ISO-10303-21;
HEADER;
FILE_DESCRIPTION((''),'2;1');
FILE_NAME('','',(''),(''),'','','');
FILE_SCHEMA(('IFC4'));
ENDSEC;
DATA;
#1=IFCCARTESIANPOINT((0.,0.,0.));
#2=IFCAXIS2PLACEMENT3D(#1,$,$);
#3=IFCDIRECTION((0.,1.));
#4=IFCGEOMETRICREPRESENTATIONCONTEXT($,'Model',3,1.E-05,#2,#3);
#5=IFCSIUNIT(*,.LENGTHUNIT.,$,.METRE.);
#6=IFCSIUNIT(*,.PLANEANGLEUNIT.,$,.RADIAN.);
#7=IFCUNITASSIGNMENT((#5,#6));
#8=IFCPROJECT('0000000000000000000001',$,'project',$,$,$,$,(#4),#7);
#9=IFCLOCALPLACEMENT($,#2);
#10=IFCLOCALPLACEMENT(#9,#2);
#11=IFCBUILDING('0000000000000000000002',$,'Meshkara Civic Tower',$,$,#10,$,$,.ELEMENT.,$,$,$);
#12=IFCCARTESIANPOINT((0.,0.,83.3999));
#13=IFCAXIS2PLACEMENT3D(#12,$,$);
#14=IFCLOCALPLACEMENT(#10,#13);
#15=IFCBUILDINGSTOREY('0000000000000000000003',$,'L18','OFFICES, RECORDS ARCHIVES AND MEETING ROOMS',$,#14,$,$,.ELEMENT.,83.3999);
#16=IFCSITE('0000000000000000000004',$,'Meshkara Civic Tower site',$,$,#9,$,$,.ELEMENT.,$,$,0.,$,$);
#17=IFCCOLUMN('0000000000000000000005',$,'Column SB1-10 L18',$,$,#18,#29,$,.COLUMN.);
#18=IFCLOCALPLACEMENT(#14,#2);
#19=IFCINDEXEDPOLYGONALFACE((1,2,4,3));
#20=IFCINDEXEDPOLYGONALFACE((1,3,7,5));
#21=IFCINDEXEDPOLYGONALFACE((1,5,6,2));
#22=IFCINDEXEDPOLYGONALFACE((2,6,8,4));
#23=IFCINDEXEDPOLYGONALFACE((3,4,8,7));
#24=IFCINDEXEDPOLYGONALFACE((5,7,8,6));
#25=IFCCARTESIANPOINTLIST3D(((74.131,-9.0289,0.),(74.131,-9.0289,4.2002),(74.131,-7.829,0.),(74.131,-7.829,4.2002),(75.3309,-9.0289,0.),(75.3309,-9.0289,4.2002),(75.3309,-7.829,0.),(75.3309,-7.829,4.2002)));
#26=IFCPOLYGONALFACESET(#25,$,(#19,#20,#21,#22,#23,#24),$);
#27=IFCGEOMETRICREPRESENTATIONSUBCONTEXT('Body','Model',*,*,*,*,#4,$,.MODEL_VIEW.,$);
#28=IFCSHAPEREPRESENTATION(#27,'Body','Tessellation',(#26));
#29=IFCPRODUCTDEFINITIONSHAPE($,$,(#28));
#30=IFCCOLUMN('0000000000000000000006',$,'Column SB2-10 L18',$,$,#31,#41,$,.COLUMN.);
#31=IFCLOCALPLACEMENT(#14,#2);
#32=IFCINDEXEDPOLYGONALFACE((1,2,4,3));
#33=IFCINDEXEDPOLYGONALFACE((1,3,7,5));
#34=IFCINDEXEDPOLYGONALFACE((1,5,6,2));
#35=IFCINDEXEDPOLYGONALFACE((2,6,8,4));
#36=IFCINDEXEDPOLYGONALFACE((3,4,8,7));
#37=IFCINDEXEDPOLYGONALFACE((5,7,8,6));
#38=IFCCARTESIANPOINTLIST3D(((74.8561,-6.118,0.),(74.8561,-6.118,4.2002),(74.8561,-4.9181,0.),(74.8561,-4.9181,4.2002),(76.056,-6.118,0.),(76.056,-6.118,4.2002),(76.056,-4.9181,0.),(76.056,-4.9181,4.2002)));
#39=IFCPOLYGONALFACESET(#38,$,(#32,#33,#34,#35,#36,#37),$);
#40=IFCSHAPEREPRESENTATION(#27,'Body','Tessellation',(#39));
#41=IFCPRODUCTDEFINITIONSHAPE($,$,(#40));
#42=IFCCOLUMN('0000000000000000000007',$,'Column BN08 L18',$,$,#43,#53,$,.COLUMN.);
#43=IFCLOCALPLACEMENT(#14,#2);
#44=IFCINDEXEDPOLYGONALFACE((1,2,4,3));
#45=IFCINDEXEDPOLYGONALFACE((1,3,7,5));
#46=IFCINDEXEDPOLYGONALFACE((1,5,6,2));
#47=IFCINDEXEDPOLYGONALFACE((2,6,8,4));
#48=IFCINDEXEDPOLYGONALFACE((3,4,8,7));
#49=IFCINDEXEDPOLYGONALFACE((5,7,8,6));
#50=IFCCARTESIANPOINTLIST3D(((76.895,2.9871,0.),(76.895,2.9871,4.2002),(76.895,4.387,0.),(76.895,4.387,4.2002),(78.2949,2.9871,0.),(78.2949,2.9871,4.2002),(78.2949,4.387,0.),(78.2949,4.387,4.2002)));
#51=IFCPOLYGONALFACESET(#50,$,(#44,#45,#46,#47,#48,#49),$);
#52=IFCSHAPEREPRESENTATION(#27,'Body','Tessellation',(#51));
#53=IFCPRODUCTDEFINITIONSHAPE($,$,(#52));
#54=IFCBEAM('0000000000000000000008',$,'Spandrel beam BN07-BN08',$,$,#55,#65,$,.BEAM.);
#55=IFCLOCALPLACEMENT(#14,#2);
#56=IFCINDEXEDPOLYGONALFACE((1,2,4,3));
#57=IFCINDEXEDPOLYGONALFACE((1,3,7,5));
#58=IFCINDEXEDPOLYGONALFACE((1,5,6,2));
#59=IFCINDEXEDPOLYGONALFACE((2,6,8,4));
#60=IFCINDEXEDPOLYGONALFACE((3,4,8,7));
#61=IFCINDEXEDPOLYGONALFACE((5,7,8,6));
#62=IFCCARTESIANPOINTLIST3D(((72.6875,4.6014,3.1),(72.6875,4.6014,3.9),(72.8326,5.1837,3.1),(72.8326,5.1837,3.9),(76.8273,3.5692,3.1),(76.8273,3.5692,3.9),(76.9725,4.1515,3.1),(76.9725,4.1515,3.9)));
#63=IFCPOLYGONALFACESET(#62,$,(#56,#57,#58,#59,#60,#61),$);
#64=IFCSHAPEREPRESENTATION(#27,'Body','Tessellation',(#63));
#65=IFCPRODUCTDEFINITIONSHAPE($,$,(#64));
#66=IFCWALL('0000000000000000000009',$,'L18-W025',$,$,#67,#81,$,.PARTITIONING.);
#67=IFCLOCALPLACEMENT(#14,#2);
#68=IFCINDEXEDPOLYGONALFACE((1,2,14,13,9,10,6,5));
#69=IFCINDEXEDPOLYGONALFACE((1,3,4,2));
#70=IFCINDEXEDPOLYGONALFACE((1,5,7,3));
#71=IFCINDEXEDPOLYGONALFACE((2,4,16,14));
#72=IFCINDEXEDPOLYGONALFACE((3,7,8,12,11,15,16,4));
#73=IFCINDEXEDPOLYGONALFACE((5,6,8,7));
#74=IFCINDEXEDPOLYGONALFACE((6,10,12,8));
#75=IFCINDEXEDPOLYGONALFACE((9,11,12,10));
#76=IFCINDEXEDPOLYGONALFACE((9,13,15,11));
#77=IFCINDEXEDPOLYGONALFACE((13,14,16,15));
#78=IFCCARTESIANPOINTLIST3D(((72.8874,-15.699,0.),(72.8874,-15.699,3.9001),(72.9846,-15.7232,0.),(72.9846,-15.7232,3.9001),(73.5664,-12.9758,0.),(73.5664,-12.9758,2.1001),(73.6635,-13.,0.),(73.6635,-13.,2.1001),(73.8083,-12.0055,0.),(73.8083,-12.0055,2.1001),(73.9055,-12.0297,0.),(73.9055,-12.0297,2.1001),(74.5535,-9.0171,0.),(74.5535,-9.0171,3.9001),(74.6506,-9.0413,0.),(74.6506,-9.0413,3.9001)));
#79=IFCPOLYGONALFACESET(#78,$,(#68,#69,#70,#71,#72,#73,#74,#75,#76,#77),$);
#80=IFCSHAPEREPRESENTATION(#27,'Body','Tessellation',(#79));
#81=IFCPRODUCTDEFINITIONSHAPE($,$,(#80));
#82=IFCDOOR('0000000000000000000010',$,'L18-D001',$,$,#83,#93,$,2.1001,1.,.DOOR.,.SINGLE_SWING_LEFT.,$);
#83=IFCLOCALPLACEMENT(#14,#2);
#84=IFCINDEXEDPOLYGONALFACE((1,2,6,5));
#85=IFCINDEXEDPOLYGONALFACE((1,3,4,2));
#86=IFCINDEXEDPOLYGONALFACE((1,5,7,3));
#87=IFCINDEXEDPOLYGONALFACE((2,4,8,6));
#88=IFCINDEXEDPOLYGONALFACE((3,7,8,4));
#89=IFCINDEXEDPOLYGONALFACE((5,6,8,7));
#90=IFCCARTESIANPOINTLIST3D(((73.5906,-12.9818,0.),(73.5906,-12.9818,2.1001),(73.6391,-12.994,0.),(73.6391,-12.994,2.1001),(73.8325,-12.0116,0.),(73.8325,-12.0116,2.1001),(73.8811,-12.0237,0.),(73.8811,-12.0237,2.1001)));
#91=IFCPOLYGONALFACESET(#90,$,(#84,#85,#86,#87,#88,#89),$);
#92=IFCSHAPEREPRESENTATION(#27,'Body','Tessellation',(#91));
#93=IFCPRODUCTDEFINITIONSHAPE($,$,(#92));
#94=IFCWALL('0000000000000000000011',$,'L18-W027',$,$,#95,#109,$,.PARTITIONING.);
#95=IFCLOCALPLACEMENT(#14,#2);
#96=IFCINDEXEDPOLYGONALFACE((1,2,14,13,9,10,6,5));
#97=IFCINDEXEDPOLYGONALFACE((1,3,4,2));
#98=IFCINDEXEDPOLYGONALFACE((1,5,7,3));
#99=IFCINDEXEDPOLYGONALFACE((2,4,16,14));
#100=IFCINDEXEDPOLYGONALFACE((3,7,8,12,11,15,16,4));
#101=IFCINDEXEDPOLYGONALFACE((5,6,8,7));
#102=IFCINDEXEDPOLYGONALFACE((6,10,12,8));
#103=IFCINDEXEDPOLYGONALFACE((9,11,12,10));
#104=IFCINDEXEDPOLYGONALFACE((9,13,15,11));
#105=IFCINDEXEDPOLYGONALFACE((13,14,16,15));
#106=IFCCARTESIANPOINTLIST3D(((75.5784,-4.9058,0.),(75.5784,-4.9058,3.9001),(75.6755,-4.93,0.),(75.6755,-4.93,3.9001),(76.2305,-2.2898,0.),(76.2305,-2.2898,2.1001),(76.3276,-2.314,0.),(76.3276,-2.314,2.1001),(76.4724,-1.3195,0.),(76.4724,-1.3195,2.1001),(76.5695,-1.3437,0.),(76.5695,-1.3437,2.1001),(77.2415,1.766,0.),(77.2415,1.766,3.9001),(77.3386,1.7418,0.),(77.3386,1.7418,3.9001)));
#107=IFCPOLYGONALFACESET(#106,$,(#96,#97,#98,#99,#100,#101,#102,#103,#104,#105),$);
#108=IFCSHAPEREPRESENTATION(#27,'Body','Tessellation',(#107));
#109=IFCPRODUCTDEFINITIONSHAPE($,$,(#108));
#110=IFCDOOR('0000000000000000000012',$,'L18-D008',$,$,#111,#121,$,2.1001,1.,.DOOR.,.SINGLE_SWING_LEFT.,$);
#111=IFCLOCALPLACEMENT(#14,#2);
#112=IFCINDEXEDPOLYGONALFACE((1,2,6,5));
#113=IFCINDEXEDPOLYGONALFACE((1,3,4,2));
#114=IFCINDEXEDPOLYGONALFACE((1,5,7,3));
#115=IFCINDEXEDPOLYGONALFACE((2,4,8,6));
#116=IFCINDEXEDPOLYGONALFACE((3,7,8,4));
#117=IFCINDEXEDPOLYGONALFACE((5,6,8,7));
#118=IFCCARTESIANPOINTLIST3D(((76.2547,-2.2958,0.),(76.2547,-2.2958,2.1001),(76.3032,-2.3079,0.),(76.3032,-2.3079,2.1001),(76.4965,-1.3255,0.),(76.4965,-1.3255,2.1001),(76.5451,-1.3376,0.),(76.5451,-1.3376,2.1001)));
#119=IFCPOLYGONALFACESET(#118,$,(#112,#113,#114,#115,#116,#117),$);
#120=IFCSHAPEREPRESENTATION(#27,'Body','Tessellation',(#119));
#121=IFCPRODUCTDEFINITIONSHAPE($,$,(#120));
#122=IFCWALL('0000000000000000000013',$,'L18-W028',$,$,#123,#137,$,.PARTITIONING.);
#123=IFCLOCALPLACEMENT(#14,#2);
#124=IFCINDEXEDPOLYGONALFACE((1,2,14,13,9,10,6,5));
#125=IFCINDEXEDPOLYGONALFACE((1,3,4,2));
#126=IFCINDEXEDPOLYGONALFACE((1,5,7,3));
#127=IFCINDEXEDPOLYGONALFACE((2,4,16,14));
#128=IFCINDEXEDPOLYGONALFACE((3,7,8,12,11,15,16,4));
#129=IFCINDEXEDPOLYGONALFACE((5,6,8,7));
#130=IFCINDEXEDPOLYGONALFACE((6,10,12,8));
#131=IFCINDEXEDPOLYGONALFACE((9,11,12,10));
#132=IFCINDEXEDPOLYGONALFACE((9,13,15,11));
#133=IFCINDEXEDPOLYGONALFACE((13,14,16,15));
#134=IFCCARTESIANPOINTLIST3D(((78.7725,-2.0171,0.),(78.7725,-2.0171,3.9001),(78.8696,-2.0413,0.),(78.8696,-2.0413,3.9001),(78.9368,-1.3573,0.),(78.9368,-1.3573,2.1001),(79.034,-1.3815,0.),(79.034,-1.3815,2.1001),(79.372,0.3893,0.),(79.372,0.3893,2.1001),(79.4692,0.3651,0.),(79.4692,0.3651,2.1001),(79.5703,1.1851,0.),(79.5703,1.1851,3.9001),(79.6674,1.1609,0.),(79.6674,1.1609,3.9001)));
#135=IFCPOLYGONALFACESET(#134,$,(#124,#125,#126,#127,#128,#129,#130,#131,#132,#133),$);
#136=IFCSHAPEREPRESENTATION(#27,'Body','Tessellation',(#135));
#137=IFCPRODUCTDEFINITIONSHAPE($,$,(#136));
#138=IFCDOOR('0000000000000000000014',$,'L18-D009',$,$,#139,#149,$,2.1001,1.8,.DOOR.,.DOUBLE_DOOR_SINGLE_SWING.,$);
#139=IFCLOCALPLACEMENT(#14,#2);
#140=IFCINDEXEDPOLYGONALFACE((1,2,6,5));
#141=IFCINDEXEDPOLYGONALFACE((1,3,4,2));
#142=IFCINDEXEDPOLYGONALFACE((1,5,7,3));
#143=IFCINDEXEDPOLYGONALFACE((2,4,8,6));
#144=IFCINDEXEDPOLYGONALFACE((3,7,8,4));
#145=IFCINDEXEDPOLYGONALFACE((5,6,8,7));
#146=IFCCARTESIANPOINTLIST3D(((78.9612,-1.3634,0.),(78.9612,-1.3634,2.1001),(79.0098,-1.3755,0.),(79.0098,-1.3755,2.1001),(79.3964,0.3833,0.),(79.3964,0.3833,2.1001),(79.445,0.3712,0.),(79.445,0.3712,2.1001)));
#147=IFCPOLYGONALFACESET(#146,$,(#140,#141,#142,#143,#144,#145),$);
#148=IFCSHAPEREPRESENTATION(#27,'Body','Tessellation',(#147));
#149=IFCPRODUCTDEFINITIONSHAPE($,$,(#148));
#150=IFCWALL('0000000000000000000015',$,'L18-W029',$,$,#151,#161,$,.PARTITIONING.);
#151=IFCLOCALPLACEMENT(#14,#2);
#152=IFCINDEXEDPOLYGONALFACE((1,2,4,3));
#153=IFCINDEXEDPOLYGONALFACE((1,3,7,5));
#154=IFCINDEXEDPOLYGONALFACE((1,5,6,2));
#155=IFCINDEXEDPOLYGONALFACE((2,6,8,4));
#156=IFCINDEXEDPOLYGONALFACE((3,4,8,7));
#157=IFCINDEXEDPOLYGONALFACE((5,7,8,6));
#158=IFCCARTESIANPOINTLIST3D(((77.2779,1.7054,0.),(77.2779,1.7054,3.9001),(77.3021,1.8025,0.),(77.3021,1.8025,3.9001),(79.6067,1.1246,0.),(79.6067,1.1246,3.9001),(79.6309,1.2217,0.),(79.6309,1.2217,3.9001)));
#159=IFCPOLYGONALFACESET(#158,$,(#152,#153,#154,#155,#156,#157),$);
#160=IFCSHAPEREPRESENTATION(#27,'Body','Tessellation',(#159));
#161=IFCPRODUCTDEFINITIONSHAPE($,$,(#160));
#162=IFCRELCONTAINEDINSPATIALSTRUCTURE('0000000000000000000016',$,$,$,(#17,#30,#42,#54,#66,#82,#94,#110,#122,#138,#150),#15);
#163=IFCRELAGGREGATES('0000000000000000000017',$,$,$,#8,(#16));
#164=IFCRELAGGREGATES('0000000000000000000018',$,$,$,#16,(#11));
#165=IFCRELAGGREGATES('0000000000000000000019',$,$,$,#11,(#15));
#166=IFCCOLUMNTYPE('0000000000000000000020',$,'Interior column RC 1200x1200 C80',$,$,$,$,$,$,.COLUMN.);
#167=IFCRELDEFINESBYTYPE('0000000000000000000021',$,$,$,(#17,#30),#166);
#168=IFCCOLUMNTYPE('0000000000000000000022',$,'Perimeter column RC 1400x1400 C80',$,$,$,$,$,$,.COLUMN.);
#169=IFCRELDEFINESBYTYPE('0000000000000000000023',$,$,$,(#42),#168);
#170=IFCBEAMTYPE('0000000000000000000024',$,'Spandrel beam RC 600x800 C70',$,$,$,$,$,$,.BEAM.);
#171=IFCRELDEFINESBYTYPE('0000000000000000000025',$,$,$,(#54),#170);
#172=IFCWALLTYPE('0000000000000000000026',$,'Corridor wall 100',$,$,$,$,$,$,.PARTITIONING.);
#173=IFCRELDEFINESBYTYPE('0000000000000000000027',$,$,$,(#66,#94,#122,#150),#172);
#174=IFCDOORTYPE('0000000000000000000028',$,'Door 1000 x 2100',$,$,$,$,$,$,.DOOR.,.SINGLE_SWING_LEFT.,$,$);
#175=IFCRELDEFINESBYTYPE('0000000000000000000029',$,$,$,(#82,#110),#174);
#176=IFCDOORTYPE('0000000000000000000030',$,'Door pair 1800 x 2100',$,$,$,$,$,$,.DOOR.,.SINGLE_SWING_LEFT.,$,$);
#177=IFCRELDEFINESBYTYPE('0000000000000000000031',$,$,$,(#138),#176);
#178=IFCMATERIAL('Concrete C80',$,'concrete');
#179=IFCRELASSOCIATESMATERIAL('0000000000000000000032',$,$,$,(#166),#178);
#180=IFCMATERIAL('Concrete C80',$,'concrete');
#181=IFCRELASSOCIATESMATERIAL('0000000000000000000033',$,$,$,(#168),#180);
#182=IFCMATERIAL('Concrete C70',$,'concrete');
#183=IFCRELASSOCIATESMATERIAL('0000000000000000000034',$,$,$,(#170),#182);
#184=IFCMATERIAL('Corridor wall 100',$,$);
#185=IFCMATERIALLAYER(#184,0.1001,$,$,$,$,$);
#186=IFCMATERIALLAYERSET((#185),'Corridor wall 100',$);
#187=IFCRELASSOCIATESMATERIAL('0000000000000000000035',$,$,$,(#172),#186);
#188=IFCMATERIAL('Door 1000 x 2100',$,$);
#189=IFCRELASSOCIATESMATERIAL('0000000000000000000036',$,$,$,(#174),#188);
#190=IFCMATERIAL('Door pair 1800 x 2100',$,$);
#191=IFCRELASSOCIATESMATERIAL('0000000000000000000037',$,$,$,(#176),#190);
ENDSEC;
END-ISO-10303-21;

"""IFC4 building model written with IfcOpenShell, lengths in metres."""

from ifc_helpers import new_model, si_unit, direction, frame, frame_2d, origin, origin_2d, place, context, subcontext, project, spatial, rectangle, extrude, material, layer, layer_set, material_profile, profile_set, type_object, element, fill, save


model = new_model("IFC4")

# Units and contexts
model_context = context("Model", 3, precision=1e-05, world=origin(), true_north=direction((0.0, 1.0)))
body_context = subcontext(model_context, "Body", "Model", "MODEL_VIEW")
ifc_project = project(units=[si_unit("LENGTHUNIT", "METRE"), si_unit("PLANEANGLEUNIT", "RADIAN")], contexts=[model_context])

# Site, building, storey
site_placement = place(None, origin())
site = spatial("IfcSite", under=ifc_project, at=site_placement, Name="Meshkara Civic Tower site", CompositionType="ELEMENT", RefElevation=0.0)
building_placement = place(site_placement, origin())
building = spatial("IfcBuilding", under=site, at=building_placement, Name="Meshkara Civic Tower", CompositionType="ELEMENT")
storey_placement = place(building_placement, frame((0.0, 0.0, 83.3999)))
storey = spatial("IfcBuildingStorey", under=building, at=storey_placement, Name="L18", Description="OFFICES, RECORDS ARCHIVES AND MEETING ROOMS", CompositionType="ELEMENT", Elevation=83.3999)

# Columns
ifc_material_1 = material(Name="Concrete C80", Category="concrete")
ifc_material_profile_1 = material_profile(ifc_material_1, rectangle(XDim=1.2, YDim=1.2, at=origin_2d()))
ifc_profile_set_1 = profile_set([ifc_material_profile_1], Name="Concrete C80")
column_type_1 = type_object("IfcColumnType", Name="Interior column RC 1200x1200 C80", PredefinedType="COLUMN", material=ifc_profile_set_1)
for number, where, z_axis, x_axis, name in (
    (1, (74.731, -8.429, 0.0), (0.0, 0.0, 1.0), (1.0, 0.0, 0.0), "Column SB1-10 L18"),
    (2, (75.4561, -5.5181, 0.0), (0.0, 0.0, 1.0), (1.0, 0.0, 0.0), "Column SB2-10 L18"),
):
    element("IfcColumn", number, at=place(storey_placement, frame(where, z_axis=z_axis, x_axis=x_axis)), inside=storey, type_object=column_type_1, Name=name, PredefinedType="COLUMN", context=body_context, shape_type="SweptSolid", body=[
        extrude(rectangle(XDim=1.2, YDim=1.2, at=origin_2d()), origin(), (0.0, 0.0, 1.0), 4.2002),
    ])
ifc_material_2 = material(Name="Concrete C80", Category="concrete")
ifc_material_profile_2 = material_profile(ifc_material_2, rectangle(XDim=1.3999, YDim=1.3999, at=origin_2d()))
ifc_profile_set_2 = profile_set([ifc_material_profile_2], Name="Concrete C80")
column_type_2 = type_object("IfcColumnType", Name="Perimeter column RC 1400x1400 C80", PredefinedType="COLUMN", material=ifc_profile_set_2)
column_placement = place(storey_placement, frame((77.595, 3.687, 0.0), z_axis=(0.0, 0.0, 1.0), x_axis=(1.0, 0.0, 0.0)))
element("IfcColumn", 3, at=column_placement, inside=storey, type_object=column_type_2, Name="Column BN08 L18", PredefinedType="COLUMN", context=body_context, shape_type="SweptSolid", body=[
    extrude(rectangle(XDim=1.3999, YDim=1.3999, at=origin_2d()), origin(), (0.0, 0.0, 1.0), 4.2002),
])

# Beam
ifc_material_3 = material(Name="Concrete C70", Category="concrete")
ifc_material_profile_3 = material_profile(ifc_material_3, rectangle(XDim=0.6001, YDim=0.8, at=origin_2d()))
ifc_profile_set_3 = profile_set([ifc_material_profile_3], Name="Concrete C70")
beam_type = type_object("IfcBeamType", Name="Spandrel beam RC 600x800 C70", PredefinedType="BEAM", material=ifc_profile_set_3)
beam_placement = place(storey_placement, frame((76.8999, 3.8604, 3.5), z_axis=(-0.970294, 0.24193, 0.0), x_axis=(-0.24193, -0.970294, 0.0)))
element("IfcBeam", 4, at=beam_placement, inside=storey, type_object=beam_type, Name="Spandrel beam BN07-BN08", PredefinedType="BEAM", context=body_context, shape_type="SweptSolid", body=[
    extrude(rectangle(XDim=0.6001, YDim=0.8, at=origin_2d()), origin(), (0.0, 0.0, 1.0), 4.2666),
])

# Walls, openings, doors
ifc_material_4 = material(Name="Corridor wall 100")
ifc_layer_1 = layer(ifc_material_4, 0.1001)
ifc_layer_set_1 = layer_set([ifc_layer_1], Name="Corridor wall 100")
wall_type_1 = type_object("IfcWallType", Name="Corridor wall 100", PredefinedType="PARTITIONING", material=ifc_layer_set_1)
wall_1_placement = place(storey_placement, frame((74.6021, -9.0291, 0.0), z_axis=(0.0, 0.0, 1.0), x_axis=(-0.241927, -0.970295, 0.0)))
wall_1 = element("IfcWall", 5, at=wall_1_placement, inside=storey, type_object=wall_type_1, Name="L18-W025", PredefinedType="PARTITIONING", context=body_context, shape_type="SweptSolid", body=[
    extrude(rectangle(XDim=6.8865, YDim=0.1001, at=frame_2d((3.4434, 0.0))), origin(), (0.0, 0.0, 1.0), 3.9001),
])
opening_1_placement = place(wall_1_placement, frame((3.0801, 0.0, 0.0)))
opening_1 = element("IfcOpeningElement", 6, at=opening_1_placement, cuts=wall_1, PredefinedType="OPENING", context=body_context, shape_type="SweptSolid", body=[
    extrude(rectangle(XDim=1.0, YDim=2.1001, at=frame_2d((0.5, 1.05))), frame((0.0, 0.0601, 0.0), z_axis=(0.0, -1.0, 0.0), x_axis=(1.0, 0.0, 0.0)), (0.0, 0.0, 1.0), 0.1201),
])
ifc_material_5 = material(Name="Door 1000 x 2100")
door_type_1 = type_object("IfcDoorType", Name="Door 1000 x 2100", OperationType="SINGLE_SWING_LEFT", PredefinedType="DOOR", material=ifc_material_5)
door_1_placement = place(opening_1_placement, origin())
door_1 = element("IfcDoor", 7, at=door_1_placement, inside=storey, type_object=door_type_1, Name="L18-D001", OperationType="SINGLE_SWING_LEFT", OverallHeight=2.1001, OverallWidth=1.0, PredefinedType="DOOR", context=body_context, shape_type="SweptSolid", body=[
    extrude(rectangle(XDim=1.0, YDim=2.1001, at=frame_2d((0.5, 1.05))), frame((0.0, 0.0249, 0.0), z_axis=(0.0, -1.0, 0.0), x_axis=(1.0, 0.0, 0.0)), (0.0, 0.0, 1.0), 0.05),
])
fill(opening_1, door_1)
wall_2_placement = place(storey_placement, frame((77.29, 1.7539, 0.0), z_axis=(0.0, 0.0, 1.0), x_axis=(-0.241867, -0.970309, 0.0)))
wall_2 = element("IfcWall", 8, at=wall_2_placement, inside=storey, type_object=wall_type_1, Name="L18-W027", PredefinedType="PARTITIONING", context=body_context, shape_type="SweptSolid", body=[
    extrude(rectangle(XDim=6.876, YDim=0.1001, at=frame_2d((3.438, 0.0))), origin(), (0.0, 0.0, 1.0), 3.9001),
])
opening_2_placement = place(wall_2_placement, frame((3.1799, 0.0, 0.0)))
opening_2 = element("IfcOpeningElement", 9, at=opening_2_placement, cuts=wall_2, PredefinedType="OPENING", context=body_context, shape_type="SweptSolid", body=[
    extrude(rectangle(XDim=1.0, YDim=2.1001, at=frame_2d((0.5, 1.05))), frame((0.0, 0.0601, 0.0), z_axis=(0.0, -1.0, 0.0), x_axis=(1.0, 0.0, 0.0)), (0.0, 0.0, 1.0), 0.1201),
])
door_2_placement = place(opening_2_placement, origin())
door_2 = element("IfcDoor", 10, at=door_2_placement, inside=storey, type_object=door_type_1, Name="L18-D008", OperationType="SINGLE_SWING_LEFT", OverallHeight=2.1001, OverallWidth=1.0, PredefinedType="DOOR", context=body_context, shape_type="SweptSolid", body=[
    extrude(rectangle(XDim=1.0, YDim=2.1001, at=frame_2d((0.5, 1.05))), frame((0.0, 0.0249, 0.0), z_axis=(0.0, -1.0, 0.0), x_axis=(1.0, 0.0, 0.0)), (0.0, 0.0, 1.0), 0.05),
])
fill(opening_2, door_2)
wall_3_placement = place(storey_placement, frame((78.821, -2.0291, 0.0), z_axis=(0.0, 0.0, 1.0), x_axis=(0.24177, 0.970334, 0.0)))
wall_3 = element("IfcWall", 11, at=wall_3_placement, inside=storey, type_object=wall_type_1, Name="L18-W028", PredefinedType="PARTITIONING", context=body_context, shape_type="SweptSolid", body=[
    extrude(rectangle(XDim=3.3, YDim=0.1001, at=frame_2d((1.6499, 0.0))), origin(), (0.0, 0.0, 1.0), 3.9001),
])
opening_3_placement = place(wall_3_placement, frame((0.6799, 0.0, 0.0)))
opening_3 = element("IfcOpeningElement", 12, at=opening_3_placement, cuts=wall_3, PredefinedType="OPENING", context=body_context, shape_type="SweptSolid", body=[
    extrude(rectangle(XDim=1.8, YDim=2.1001, at=frame_2d((0.8999, 1.05))), frame((0.0, 0.0601, 0.0), z_axis=(0.0, -1.0, 0.0), x_axis=(1.0, 0.0, 0.0)), (0.0, 0.0, 1.0), 0.1201),
])
ifc_material_6 = material(Name="Door pair 1800 x 2100")
door_type_2 = type_object("IfcDoorType", Name="Door pair 1800 x 2100", OperationType="SINGLE_SWING_LEFT", PredefinedType="DOOR", material=ifc_material_6)
door_3_placement = place(opening_3_placement, origin())
door_3 = element("IfcDoor", 13, at=door_3_placement, inside=storey, type_object=door_type_2, Name="L18-D009", OperationType="DOUBLE_DOOR_SINGLE_SWING", OverallHeight=2.1001, OverallWidth=1.8, PredefinedType="DOOR", context=body_context, shape_type="SweptSolid", body=[
    extrude(rectangle(XDim=1.8, YDim=2.1001, at=frame_2d((0.8999, 1.05))), frame((0.0, 0.0249, 0.0), z_axis=(0.0, -1.0, 0.0), x_axis=(1.0, 0.0, 0.0)), (0.0, 0.0, 1.0), 0.05),
])
fill(opening_3, door_3)

# Wall
wall_4_placement = place(storey_placement, frame((79.6189, 1.1731, 0.0), z_axis=(0.0, 0.0, 1.0), x_axis=(-0.97028, 0.241985, 0.0)))
element("IfcWall", 14, at=wall_4_placement, inside=storey, type_object=wall_type_1, Name="L18-W029", PredefinedType="PARTITIONING", context=body_context, shape_type="SweptSolid", body=[
    extrude(rectangle(XDim=2.4001, YDim=0.1001, at=frame_2d((1.2002, 0.0))), origin(), (0.0, 0.0, 1.0), 3.9001),
])

save(model, "model.ifc")
